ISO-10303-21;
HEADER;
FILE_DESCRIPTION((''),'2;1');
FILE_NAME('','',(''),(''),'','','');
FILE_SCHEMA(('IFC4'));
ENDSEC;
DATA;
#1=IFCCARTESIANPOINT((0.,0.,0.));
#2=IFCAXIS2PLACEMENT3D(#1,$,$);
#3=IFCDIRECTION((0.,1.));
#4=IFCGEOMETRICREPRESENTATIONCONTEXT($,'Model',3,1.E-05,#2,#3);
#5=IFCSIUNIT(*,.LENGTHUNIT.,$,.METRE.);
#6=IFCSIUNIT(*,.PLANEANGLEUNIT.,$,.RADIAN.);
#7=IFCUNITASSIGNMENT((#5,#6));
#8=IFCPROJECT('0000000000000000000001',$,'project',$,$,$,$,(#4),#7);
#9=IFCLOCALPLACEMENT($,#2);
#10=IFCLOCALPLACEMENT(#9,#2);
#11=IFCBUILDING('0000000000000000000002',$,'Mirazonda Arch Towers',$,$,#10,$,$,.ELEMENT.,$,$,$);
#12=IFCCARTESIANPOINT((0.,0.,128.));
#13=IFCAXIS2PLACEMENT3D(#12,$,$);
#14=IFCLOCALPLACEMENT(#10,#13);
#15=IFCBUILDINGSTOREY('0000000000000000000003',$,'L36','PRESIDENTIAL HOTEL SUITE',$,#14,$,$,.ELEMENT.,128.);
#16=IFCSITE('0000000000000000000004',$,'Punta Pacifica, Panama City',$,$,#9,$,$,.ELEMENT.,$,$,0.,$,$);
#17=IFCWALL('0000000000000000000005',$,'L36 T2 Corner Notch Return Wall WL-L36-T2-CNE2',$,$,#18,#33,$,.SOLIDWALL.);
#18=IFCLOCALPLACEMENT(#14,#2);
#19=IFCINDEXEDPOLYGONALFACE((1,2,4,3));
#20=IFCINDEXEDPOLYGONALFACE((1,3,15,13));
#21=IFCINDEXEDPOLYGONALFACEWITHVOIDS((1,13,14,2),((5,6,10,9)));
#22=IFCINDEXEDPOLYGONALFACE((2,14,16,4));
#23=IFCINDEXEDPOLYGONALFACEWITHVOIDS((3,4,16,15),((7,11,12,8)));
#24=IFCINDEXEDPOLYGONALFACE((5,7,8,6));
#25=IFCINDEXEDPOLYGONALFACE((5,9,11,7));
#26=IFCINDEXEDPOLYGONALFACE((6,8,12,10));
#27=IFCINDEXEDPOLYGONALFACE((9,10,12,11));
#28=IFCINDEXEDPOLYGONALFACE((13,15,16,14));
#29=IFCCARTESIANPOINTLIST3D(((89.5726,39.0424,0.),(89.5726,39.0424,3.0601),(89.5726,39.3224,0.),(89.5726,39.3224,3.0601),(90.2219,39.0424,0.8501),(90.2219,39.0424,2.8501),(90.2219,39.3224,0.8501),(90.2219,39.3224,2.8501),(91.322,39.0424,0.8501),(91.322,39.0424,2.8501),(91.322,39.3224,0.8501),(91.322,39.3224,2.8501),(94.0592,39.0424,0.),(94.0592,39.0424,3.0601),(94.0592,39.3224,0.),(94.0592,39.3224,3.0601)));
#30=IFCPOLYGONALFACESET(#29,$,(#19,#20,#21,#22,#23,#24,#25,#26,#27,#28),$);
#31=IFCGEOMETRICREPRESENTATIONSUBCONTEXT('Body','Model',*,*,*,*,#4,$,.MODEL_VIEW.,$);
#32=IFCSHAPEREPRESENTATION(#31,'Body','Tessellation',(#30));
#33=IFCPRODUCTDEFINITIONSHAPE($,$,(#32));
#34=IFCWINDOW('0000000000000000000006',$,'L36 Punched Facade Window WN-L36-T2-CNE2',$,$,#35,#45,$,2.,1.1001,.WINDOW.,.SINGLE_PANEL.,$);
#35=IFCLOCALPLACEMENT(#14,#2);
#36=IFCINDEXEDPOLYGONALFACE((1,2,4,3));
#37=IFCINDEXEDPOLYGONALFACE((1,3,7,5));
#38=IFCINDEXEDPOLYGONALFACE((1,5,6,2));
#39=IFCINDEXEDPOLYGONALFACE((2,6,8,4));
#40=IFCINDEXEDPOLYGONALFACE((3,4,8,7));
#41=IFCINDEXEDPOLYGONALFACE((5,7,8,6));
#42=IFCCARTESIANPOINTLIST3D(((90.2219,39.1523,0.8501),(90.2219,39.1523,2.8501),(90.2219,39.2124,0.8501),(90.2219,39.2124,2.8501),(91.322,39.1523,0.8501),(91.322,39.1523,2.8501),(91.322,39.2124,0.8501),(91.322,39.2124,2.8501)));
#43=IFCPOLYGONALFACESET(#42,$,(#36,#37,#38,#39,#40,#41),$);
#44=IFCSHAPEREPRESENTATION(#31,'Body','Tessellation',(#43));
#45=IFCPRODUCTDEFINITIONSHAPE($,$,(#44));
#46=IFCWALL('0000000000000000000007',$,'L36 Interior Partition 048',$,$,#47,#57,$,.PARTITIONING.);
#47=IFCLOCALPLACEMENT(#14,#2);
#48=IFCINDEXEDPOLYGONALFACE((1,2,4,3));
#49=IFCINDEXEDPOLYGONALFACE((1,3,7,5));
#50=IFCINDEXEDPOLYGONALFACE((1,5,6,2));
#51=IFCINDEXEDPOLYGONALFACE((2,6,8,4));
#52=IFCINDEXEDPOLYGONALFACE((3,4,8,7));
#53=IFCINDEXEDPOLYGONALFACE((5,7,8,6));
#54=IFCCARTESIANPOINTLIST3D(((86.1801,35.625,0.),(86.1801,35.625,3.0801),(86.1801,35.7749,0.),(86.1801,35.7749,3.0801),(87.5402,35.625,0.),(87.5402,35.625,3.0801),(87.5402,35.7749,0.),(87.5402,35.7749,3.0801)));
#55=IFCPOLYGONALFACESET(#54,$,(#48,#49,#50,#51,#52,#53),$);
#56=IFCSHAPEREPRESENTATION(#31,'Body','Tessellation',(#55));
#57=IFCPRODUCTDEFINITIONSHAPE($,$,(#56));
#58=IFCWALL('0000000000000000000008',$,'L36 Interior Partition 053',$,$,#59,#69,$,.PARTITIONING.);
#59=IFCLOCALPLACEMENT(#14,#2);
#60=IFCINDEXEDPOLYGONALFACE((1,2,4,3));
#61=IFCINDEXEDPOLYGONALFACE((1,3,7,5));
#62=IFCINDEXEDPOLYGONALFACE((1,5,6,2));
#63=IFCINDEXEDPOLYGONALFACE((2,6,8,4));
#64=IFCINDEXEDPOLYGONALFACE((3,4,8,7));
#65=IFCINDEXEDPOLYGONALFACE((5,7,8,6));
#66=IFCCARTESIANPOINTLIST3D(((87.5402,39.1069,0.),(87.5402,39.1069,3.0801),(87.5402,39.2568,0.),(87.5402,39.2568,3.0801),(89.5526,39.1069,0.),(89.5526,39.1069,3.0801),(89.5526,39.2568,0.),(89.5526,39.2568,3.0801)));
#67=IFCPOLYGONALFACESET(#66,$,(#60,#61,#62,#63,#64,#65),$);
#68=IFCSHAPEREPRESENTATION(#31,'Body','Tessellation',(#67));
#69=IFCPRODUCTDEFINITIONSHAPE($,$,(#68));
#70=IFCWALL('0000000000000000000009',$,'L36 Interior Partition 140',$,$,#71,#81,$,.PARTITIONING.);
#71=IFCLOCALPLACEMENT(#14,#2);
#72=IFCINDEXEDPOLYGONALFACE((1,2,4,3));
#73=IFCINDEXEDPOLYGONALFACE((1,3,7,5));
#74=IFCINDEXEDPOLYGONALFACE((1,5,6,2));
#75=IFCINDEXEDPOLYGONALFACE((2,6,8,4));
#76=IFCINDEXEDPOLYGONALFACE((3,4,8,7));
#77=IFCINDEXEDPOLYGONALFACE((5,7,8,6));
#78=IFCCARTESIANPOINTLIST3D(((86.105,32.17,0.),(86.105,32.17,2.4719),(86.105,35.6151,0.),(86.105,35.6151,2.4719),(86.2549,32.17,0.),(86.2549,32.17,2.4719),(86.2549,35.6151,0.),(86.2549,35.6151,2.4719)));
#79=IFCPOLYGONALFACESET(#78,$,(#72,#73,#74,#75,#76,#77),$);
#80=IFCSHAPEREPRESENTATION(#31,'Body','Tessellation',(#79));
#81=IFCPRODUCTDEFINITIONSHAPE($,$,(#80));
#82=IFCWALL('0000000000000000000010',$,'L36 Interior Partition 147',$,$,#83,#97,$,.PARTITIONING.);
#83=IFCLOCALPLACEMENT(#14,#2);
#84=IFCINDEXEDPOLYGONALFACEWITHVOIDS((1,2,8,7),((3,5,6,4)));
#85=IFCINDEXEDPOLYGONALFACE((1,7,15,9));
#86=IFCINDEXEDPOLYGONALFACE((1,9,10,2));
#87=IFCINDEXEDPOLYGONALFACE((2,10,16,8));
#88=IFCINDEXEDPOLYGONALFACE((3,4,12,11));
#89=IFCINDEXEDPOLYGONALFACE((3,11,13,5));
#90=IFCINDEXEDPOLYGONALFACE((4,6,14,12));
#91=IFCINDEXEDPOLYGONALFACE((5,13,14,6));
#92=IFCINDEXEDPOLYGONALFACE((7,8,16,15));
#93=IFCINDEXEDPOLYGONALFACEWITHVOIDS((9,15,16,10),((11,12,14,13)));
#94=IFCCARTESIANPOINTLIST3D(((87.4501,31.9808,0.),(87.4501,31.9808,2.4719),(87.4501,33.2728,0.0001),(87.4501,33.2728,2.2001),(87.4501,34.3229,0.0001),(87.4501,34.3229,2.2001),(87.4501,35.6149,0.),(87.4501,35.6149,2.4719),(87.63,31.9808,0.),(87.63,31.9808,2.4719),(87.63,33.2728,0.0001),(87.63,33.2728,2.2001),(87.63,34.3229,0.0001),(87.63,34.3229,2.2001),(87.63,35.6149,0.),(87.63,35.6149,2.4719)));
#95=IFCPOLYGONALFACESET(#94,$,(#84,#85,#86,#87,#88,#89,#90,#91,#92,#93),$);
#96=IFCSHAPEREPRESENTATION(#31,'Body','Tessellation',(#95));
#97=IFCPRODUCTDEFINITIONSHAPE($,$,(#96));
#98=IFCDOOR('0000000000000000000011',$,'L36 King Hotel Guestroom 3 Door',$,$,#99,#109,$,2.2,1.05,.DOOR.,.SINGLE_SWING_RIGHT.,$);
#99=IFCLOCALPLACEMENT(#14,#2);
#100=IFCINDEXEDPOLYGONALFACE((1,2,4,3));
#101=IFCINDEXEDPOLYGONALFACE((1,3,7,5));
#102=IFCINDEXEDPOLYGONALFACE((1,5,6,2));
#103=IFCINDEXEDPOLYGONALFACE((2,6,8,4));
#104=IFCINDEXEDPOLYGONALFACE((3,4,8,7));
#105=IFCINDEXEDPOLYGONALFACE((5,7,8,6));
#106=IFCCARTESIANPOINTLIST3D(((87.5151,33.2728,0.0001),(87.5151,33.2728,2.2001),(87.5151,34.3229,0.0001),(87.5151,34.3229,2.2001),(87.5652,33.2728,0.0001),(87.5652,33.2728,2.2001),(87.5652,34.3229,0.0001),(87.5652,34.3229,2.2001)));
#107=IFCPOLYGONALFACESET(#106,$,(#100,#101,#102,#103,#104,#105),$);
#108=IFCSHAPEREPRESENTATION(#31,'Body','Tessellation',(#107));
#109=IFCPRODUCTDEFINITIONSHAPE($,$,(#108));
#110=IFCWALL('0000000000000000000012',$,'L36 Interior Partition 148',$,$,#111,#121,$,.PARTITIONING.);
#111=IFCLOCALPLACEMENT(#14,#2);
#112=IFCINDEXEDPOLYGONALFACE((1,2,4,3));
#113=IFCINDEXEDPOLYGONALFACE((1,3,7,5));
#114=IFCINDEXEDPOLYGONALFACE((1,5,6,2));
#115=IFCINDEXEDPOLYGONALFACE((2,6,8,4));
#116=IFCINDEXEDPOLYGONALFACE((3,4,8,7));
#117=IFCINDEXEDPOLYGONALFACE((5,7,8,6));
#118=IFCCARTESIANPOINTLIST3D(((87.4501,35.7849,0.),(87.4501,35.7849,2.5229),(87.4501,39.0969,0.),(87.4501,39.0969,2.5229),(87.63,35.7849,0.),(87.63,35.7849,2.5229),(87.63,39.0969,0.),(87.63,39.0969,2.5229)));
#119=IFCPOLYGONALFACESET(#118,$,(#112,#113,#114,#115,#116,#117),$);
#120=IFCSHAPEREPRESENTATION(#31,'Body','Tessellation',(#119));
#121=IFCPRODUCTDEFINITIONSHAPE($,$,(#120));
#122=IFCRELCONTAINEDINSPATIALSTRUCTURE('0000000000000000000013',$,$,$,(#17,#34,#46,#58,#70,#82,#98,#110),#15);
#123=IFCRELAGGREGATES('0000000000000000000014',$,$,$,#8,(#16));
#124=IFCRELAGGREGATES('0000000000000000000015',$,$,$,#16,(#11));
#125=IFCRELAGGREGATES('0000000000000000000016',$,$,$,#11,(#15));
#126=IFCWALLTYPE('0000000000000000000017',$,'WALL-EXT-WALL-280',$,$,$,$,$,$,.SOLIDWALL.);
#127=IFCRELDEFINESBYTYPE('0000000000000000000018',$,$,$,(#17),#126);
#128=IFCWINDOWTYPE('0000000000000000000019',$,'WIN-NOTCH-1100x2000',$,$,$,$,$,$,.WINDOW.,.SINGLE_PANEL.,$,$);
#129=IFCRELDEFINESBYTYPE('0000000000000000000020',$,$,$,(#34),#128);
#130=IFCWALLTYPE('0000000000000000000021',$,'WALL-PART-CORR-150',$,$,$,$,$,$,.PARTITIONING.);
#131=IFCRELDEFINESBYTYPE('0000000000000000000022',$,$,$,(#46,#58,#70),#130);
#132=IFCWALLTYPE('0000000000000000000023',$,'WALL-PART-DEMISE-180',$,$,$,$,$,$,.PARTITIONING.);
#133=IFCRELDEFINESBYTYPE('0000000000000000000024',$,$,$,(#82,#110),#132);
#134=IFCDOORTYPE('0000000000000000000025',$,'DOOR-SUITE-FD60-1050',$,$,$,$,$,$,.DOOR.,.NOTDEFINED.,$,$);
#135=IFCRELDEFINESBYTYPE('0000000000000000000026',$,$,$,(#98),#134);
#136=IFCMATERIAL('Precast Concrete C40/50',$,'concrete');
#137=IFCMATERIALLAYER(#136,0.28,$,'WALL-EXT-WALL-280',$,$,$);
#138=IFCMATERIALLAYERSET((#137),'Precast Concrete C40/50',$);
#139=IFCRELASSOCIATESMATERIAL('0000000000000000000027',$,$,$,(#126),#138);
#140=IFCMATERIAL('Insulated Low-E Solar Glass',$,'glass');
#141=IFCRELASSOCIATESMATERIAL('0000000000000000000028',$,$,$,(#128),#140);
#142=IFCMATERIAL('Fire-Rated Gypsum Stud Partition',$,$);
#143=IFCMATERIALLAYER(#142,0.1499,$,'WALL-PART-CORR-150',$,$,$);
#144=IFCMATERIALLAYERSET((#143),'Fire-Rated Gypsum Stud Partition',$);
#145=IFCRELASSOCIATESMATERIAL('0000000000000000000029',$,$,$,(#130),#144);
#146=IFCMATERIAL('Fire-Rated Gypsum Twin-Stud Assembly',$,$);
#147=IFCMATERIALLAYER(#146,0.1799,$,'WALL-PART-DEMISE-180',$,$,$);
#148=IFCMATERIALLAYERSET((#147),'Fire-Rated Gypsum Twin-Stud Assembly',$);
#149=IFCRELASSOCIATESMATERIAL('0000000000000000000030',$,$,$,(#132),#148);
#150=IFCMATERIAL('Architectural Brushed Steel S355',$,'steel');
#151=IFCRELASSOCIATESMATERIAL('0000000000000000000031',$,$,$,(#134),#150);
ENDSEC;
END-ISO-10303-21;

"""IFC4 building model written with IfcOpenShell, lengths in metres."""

from ifc_helpers import new_model, si_unit, direction, frame, frame_2d, origin, place, context, subcontext, project, spatial, rectangle, extrude, material, layer, layer_set, type_object, element, fill, save


model = new_model("IFC4")

# Units and contexts
model_context = context("Model", 3, precision=1e-05, world=origin(), true_north=direction((0.0, 1.0)))
body_context = subcontext(model_context, "Body", "Model", "MODEL_VIEW")
ifc_project = project(units=[si_unit("LENGTHUNIT", "METRE"), si_unit("PLANEANGLEUNIT", "RADIAN")], contexts=[model_context])

# Site, building, storey
site_placement = place(None, origin())
site = spatial("IfcSite", under=ifc_project, at=site_placement, Name="Punta Pacifica, Panama City", CompositionType="ELEMENT", RefElevation=0.0)
building_placement = place(site_placement, origin())
building = spatial("IfcBuilding", under=site, at=building_placement, Name="Mirazonda Arch Towers", CompositionType="ELEMENT")
storey_placement = place(building_placement, frame((0.0, 0.0, 128.0)))
storey = spatial("IfcBuildingStorey", under=building, at=storey_placement, Name="L36", Description="PRESIDENTIAL HOTEL SUITE", CompositionType="ELEMENT", Elevation=128.0)

# Shared definitions
ifc_material_1 = material(Name="Insulated Low-E Solar Glass", Category="glass")

# Wall, opening, window
ifc_material_2 = material(Name="Precast Concrete C40/50", Category="concrete")
ifc_layer_1 = layer(ifc_material_2, 0.28, Name="WALL-EXT-WALL-280")
ifc_layer_set_1 = layer_set([ifc_layer_1], Name="Precast Concrete C40/50")
wall_type_1 = type_object("IfcWallType", Name="WALL-EXT-WALL-280", PredefinedType="SOLIDWALL", material=ifc_layer_set_1)
window_type = type_object("IfcWindowType", Name="WIN-NOTCH-1100x2000", PartitioningType="SINGLE_PANEL", PredefinedType="WINDOW", material=ifc_material_1)
wall_1_placement = place(storey_placement, frame((94.0591, 39.1824, 0.0), z_axis=(0.0, 0.0, 1.0), x_axis=(-1.0, 0.0, 0.0)))
wall_1 = element("IfcWall", 1, at=wall_1_placement, inside=storey, type_object=wall_type_1, Name="L36 T2 Corner Notch Return Wall WL-L36-T2-CNE2", PredefinedType="SOLIDWALL", context=body_context, shape_type="SweptSolid", body=[
    extrude(rectangle(XDim=4.4866, YDim=0.28, at=frame_2d((2.2432, 0.0))), origin(), (0.0, 0.0, 1.0), 3.0601),
])
opening_1_placement = place(wall_1_placement, frame((2.7371, 0.0, 0.8501)))
opening_1 = element("IfcOpeningElement", 2, at=opening_1_placement, cuts=wall_1, PredefinedType="OPENING", context=body_context, shape_type="SweptSolid", body=[
    extrude(rectangle(XDim=1.1001, YDim=2.0, at=frame_2d((0.55, 1.0))), frame((0.0, 0.1499, 0.0), z_axis=(0.0, -1.0, 0.0), x_axis=(1.0, 0.0, 0.0)), (0.0, 0.0, 1.0), 0.3),
])
window_1_placement = place(opening_1_placement, origin())
window_1 = element("IfcWindow", 3, at=window_1_placement, inside=storey, type_object=window_type, Name="L36 Punched Facade Window WN-L36-T2-CNE2", OverallHeight=2.0, OverallWidth=1.1001, PartitioningType="SINGLE_PANEL", PredefinedType="WINDOW", context=body_context, shape_type="SweptSolid", body=[
    extrude(rectangle(XDim=1.1001, YDim=2.0, at=frame_2d((0.55, 1.0))), frame((0.0, 0.03, 0.0), z_axis=(0.0, -1.0, 0.0), x_axis=(1.0, 0.0, 0.0)), (0.0, 0.0, 1.0), 0.0601),
])
fill(opening_1, window_1)

# Walls
ifc_material_3 = material(Name="Fire-Rated Gypsum Stud Partition")
ifc_layer_2 = layer(ifc_material_3, 0.1499, Name="WALL-PART-CORR-150")
ifc_layer_set_2 = layer_set([ifc_layer_2], Name="Fire-Rated Gypsum Stud Partition")
wall_type_2 = type_object("IfcWallType", Name="WALL-PART-CORR-150", PredefinedType="PARTITIONING", material=ifc_layer_set_2)
wall_2_placement = place(storey_placement, frame((86.1799, 35.7, 0.0), z_axis=(0.0, 0.0, 1.0), x_axis=(1.0, 0.0, 0.0)))
element("IfcWall", 4, at=wall_2_placement, inside=storey, type_object=wall_type_2, Name="L36 Interior Partition 048", PredefinedType="PARTITIONING", context=body_context, shape_type="SweptSolid", body=[
    extrude(rectangle(XDim=1.3601, YDim=0.1499, at=frame_2d((0.6802, 0.0))), origin(), (0.0, 0.0, 1.0), 3.0801),
])
wall_3_placement = place(storey_placement, frame((87.54, 39.1819, 0.0), z_axis=(0.0, 0.0, 1.0), x_axis=(1.0, 0.0, 0.0)))
element("IfcWall", 5, at=wall_3_placement, inside=storey, type_object=wall_type_2, Name="L36 Interior Partition 053", PredefinedType="PARTITIONING", context=body_context, shape_type="SweptSolid", body=[
    extrude(rectangle(XDim=2.0125, YDim=0.1499, at=frame_2d((1.0063, 0.0))), origin(), (0.0, 0.0, 1.0), 3.0801),
])
wall_4_placement = place(storey_placement, frame((86.1799, 32.1699, 0.0), z_axis=(0.0, 0.0, 1.0), x_axis=(0.0, 1.0, 0.0)))
element("IfcWall", 6, at=wall_4_placement, inside=storey, type_object=wall_type_2, Name="L36 Interior Partition 140", PredefinedType="PARTITIONING", context=body_context, shape_type="SweptSolid", body=[
    extrude(rectangle(XDim=3.4451, YDim=0.1499, at=frame_2d((1.7227, 0.0))), origin(), (0.0, 0.0, 1.0), 2.4719),
])

# Wall, opening, door
ifc_material_4 = material(Name="Fire-Rated Gypsum Twin-Stud Assembly")
ifc_layer_3 = layer(ifc_material_4, 0.1799, Name="WALL-PART-DEMISE-180")
ifc_layer_set_3 = layer_set([ifc_layer_3], Name="Fire-Rated Gypsum Twin-Stud Assembly")
wall_type_3 = type_object("IfcWallType", Name="WALL-PART-DEMISE-180", PredefinedType="PARTITIONING", material=ifc_layer_set_3)
wall_5_placement = place(storey_placement, frame((87.54, 31.981, 0.0), z_axis=(0.0, 0.0, 1.0), x_axis=(0.0, 1.0, 0.0)))
wall_5 = element("IfcWall", 7, at=wall_5_placement, inside=storey, type_object=wall_type_3, Name="L36 Interior Partition 147", PredefinedType="PARTITIONING", context=body_context, shape_type="SweptSolid", body=[
    extrude(rectangle(XDim=3.634, YDim=0.1799, at=frame_2d((1.8169, 0.0))), origin(), (0.0, 0.0, 1.0), 2.4719),
])
opening_2_placement = place(wall_5_placement, frame((1.292, 0.0, 0.0)))
opening_2 = element("IfcOpeningElement", 8, at=opening_2_placement, cuts=wall_5, PredefinedType="OPENING", context=body_context, shape_type="SweptSolid", body=[
    extrude(rectangle(XDim=1.05, YDim=2.2, at=frame_2d((0.5249, 1.1001))), frame((0.0, 0.0999, 0.0), z_axis=(0.0, -1.0, 0.0), x_axis=(1.0, 0.0, 0.0)), (0.0, 0.0, 1.0), 0.2),
])
ifc_material_5 = material(Name="Architectural Brushed Steel S355", Category="steel")
door_type = type_object("IfcDoorType", Name="DOOR-SUITE-FD60-1050", OperationType="NOTDEFINED", PredefinedType="DOOR", material=ifc_material_5)
door_placement = place(opening_2_placement, origin())
door = element("IfcDoor", 9, at=door_placement, inside=storey, type_object=door_type, Name="L36 King Hotel Guestroom 3 Door", OperationType="SINGLE_SWING_RIGHT", OverallHeight=2.2, OverallWidth=1.05, PredefinedType="DOOR", context=body_context, shape_type="SweptSolid", body=[
    extrude(rectangle(XDim=1.05, YDim=2.2, at=frame_2d((0.5249, 1.1001))), frame((0.0, 0.0249, 0.0), z_axis=(0.0, -1.0, 0.0), x_axis=(1.0, 0.0, 0.0)), (0.0, 0.0, 1.0), 0.05),
])
fill(opening_2, door)

# Wall
wall_6_placement = place(storey_placement, frame((87.54, 35.7849, 0.0), z_axis=(0.0, 0.0, 1.0), x_axis=(0.0, 1.0, 0.0)))
element("IfcWall", 10, at=wall_6_placement, inside=storey, type_object=wall_type_3, Name="L36 Interior Partition 148", PredefinedType="PARTITIONING", context=body_context, shape_type="SweptSolid", body=[
    extrude(rectangle(XDim=3.312, YDim=0.1799, at=frame_2d((1.656, 0.0))), origin(), (0.0, 0.0, 1.0), 2.5229),
])

save(model, "model.ifc")
